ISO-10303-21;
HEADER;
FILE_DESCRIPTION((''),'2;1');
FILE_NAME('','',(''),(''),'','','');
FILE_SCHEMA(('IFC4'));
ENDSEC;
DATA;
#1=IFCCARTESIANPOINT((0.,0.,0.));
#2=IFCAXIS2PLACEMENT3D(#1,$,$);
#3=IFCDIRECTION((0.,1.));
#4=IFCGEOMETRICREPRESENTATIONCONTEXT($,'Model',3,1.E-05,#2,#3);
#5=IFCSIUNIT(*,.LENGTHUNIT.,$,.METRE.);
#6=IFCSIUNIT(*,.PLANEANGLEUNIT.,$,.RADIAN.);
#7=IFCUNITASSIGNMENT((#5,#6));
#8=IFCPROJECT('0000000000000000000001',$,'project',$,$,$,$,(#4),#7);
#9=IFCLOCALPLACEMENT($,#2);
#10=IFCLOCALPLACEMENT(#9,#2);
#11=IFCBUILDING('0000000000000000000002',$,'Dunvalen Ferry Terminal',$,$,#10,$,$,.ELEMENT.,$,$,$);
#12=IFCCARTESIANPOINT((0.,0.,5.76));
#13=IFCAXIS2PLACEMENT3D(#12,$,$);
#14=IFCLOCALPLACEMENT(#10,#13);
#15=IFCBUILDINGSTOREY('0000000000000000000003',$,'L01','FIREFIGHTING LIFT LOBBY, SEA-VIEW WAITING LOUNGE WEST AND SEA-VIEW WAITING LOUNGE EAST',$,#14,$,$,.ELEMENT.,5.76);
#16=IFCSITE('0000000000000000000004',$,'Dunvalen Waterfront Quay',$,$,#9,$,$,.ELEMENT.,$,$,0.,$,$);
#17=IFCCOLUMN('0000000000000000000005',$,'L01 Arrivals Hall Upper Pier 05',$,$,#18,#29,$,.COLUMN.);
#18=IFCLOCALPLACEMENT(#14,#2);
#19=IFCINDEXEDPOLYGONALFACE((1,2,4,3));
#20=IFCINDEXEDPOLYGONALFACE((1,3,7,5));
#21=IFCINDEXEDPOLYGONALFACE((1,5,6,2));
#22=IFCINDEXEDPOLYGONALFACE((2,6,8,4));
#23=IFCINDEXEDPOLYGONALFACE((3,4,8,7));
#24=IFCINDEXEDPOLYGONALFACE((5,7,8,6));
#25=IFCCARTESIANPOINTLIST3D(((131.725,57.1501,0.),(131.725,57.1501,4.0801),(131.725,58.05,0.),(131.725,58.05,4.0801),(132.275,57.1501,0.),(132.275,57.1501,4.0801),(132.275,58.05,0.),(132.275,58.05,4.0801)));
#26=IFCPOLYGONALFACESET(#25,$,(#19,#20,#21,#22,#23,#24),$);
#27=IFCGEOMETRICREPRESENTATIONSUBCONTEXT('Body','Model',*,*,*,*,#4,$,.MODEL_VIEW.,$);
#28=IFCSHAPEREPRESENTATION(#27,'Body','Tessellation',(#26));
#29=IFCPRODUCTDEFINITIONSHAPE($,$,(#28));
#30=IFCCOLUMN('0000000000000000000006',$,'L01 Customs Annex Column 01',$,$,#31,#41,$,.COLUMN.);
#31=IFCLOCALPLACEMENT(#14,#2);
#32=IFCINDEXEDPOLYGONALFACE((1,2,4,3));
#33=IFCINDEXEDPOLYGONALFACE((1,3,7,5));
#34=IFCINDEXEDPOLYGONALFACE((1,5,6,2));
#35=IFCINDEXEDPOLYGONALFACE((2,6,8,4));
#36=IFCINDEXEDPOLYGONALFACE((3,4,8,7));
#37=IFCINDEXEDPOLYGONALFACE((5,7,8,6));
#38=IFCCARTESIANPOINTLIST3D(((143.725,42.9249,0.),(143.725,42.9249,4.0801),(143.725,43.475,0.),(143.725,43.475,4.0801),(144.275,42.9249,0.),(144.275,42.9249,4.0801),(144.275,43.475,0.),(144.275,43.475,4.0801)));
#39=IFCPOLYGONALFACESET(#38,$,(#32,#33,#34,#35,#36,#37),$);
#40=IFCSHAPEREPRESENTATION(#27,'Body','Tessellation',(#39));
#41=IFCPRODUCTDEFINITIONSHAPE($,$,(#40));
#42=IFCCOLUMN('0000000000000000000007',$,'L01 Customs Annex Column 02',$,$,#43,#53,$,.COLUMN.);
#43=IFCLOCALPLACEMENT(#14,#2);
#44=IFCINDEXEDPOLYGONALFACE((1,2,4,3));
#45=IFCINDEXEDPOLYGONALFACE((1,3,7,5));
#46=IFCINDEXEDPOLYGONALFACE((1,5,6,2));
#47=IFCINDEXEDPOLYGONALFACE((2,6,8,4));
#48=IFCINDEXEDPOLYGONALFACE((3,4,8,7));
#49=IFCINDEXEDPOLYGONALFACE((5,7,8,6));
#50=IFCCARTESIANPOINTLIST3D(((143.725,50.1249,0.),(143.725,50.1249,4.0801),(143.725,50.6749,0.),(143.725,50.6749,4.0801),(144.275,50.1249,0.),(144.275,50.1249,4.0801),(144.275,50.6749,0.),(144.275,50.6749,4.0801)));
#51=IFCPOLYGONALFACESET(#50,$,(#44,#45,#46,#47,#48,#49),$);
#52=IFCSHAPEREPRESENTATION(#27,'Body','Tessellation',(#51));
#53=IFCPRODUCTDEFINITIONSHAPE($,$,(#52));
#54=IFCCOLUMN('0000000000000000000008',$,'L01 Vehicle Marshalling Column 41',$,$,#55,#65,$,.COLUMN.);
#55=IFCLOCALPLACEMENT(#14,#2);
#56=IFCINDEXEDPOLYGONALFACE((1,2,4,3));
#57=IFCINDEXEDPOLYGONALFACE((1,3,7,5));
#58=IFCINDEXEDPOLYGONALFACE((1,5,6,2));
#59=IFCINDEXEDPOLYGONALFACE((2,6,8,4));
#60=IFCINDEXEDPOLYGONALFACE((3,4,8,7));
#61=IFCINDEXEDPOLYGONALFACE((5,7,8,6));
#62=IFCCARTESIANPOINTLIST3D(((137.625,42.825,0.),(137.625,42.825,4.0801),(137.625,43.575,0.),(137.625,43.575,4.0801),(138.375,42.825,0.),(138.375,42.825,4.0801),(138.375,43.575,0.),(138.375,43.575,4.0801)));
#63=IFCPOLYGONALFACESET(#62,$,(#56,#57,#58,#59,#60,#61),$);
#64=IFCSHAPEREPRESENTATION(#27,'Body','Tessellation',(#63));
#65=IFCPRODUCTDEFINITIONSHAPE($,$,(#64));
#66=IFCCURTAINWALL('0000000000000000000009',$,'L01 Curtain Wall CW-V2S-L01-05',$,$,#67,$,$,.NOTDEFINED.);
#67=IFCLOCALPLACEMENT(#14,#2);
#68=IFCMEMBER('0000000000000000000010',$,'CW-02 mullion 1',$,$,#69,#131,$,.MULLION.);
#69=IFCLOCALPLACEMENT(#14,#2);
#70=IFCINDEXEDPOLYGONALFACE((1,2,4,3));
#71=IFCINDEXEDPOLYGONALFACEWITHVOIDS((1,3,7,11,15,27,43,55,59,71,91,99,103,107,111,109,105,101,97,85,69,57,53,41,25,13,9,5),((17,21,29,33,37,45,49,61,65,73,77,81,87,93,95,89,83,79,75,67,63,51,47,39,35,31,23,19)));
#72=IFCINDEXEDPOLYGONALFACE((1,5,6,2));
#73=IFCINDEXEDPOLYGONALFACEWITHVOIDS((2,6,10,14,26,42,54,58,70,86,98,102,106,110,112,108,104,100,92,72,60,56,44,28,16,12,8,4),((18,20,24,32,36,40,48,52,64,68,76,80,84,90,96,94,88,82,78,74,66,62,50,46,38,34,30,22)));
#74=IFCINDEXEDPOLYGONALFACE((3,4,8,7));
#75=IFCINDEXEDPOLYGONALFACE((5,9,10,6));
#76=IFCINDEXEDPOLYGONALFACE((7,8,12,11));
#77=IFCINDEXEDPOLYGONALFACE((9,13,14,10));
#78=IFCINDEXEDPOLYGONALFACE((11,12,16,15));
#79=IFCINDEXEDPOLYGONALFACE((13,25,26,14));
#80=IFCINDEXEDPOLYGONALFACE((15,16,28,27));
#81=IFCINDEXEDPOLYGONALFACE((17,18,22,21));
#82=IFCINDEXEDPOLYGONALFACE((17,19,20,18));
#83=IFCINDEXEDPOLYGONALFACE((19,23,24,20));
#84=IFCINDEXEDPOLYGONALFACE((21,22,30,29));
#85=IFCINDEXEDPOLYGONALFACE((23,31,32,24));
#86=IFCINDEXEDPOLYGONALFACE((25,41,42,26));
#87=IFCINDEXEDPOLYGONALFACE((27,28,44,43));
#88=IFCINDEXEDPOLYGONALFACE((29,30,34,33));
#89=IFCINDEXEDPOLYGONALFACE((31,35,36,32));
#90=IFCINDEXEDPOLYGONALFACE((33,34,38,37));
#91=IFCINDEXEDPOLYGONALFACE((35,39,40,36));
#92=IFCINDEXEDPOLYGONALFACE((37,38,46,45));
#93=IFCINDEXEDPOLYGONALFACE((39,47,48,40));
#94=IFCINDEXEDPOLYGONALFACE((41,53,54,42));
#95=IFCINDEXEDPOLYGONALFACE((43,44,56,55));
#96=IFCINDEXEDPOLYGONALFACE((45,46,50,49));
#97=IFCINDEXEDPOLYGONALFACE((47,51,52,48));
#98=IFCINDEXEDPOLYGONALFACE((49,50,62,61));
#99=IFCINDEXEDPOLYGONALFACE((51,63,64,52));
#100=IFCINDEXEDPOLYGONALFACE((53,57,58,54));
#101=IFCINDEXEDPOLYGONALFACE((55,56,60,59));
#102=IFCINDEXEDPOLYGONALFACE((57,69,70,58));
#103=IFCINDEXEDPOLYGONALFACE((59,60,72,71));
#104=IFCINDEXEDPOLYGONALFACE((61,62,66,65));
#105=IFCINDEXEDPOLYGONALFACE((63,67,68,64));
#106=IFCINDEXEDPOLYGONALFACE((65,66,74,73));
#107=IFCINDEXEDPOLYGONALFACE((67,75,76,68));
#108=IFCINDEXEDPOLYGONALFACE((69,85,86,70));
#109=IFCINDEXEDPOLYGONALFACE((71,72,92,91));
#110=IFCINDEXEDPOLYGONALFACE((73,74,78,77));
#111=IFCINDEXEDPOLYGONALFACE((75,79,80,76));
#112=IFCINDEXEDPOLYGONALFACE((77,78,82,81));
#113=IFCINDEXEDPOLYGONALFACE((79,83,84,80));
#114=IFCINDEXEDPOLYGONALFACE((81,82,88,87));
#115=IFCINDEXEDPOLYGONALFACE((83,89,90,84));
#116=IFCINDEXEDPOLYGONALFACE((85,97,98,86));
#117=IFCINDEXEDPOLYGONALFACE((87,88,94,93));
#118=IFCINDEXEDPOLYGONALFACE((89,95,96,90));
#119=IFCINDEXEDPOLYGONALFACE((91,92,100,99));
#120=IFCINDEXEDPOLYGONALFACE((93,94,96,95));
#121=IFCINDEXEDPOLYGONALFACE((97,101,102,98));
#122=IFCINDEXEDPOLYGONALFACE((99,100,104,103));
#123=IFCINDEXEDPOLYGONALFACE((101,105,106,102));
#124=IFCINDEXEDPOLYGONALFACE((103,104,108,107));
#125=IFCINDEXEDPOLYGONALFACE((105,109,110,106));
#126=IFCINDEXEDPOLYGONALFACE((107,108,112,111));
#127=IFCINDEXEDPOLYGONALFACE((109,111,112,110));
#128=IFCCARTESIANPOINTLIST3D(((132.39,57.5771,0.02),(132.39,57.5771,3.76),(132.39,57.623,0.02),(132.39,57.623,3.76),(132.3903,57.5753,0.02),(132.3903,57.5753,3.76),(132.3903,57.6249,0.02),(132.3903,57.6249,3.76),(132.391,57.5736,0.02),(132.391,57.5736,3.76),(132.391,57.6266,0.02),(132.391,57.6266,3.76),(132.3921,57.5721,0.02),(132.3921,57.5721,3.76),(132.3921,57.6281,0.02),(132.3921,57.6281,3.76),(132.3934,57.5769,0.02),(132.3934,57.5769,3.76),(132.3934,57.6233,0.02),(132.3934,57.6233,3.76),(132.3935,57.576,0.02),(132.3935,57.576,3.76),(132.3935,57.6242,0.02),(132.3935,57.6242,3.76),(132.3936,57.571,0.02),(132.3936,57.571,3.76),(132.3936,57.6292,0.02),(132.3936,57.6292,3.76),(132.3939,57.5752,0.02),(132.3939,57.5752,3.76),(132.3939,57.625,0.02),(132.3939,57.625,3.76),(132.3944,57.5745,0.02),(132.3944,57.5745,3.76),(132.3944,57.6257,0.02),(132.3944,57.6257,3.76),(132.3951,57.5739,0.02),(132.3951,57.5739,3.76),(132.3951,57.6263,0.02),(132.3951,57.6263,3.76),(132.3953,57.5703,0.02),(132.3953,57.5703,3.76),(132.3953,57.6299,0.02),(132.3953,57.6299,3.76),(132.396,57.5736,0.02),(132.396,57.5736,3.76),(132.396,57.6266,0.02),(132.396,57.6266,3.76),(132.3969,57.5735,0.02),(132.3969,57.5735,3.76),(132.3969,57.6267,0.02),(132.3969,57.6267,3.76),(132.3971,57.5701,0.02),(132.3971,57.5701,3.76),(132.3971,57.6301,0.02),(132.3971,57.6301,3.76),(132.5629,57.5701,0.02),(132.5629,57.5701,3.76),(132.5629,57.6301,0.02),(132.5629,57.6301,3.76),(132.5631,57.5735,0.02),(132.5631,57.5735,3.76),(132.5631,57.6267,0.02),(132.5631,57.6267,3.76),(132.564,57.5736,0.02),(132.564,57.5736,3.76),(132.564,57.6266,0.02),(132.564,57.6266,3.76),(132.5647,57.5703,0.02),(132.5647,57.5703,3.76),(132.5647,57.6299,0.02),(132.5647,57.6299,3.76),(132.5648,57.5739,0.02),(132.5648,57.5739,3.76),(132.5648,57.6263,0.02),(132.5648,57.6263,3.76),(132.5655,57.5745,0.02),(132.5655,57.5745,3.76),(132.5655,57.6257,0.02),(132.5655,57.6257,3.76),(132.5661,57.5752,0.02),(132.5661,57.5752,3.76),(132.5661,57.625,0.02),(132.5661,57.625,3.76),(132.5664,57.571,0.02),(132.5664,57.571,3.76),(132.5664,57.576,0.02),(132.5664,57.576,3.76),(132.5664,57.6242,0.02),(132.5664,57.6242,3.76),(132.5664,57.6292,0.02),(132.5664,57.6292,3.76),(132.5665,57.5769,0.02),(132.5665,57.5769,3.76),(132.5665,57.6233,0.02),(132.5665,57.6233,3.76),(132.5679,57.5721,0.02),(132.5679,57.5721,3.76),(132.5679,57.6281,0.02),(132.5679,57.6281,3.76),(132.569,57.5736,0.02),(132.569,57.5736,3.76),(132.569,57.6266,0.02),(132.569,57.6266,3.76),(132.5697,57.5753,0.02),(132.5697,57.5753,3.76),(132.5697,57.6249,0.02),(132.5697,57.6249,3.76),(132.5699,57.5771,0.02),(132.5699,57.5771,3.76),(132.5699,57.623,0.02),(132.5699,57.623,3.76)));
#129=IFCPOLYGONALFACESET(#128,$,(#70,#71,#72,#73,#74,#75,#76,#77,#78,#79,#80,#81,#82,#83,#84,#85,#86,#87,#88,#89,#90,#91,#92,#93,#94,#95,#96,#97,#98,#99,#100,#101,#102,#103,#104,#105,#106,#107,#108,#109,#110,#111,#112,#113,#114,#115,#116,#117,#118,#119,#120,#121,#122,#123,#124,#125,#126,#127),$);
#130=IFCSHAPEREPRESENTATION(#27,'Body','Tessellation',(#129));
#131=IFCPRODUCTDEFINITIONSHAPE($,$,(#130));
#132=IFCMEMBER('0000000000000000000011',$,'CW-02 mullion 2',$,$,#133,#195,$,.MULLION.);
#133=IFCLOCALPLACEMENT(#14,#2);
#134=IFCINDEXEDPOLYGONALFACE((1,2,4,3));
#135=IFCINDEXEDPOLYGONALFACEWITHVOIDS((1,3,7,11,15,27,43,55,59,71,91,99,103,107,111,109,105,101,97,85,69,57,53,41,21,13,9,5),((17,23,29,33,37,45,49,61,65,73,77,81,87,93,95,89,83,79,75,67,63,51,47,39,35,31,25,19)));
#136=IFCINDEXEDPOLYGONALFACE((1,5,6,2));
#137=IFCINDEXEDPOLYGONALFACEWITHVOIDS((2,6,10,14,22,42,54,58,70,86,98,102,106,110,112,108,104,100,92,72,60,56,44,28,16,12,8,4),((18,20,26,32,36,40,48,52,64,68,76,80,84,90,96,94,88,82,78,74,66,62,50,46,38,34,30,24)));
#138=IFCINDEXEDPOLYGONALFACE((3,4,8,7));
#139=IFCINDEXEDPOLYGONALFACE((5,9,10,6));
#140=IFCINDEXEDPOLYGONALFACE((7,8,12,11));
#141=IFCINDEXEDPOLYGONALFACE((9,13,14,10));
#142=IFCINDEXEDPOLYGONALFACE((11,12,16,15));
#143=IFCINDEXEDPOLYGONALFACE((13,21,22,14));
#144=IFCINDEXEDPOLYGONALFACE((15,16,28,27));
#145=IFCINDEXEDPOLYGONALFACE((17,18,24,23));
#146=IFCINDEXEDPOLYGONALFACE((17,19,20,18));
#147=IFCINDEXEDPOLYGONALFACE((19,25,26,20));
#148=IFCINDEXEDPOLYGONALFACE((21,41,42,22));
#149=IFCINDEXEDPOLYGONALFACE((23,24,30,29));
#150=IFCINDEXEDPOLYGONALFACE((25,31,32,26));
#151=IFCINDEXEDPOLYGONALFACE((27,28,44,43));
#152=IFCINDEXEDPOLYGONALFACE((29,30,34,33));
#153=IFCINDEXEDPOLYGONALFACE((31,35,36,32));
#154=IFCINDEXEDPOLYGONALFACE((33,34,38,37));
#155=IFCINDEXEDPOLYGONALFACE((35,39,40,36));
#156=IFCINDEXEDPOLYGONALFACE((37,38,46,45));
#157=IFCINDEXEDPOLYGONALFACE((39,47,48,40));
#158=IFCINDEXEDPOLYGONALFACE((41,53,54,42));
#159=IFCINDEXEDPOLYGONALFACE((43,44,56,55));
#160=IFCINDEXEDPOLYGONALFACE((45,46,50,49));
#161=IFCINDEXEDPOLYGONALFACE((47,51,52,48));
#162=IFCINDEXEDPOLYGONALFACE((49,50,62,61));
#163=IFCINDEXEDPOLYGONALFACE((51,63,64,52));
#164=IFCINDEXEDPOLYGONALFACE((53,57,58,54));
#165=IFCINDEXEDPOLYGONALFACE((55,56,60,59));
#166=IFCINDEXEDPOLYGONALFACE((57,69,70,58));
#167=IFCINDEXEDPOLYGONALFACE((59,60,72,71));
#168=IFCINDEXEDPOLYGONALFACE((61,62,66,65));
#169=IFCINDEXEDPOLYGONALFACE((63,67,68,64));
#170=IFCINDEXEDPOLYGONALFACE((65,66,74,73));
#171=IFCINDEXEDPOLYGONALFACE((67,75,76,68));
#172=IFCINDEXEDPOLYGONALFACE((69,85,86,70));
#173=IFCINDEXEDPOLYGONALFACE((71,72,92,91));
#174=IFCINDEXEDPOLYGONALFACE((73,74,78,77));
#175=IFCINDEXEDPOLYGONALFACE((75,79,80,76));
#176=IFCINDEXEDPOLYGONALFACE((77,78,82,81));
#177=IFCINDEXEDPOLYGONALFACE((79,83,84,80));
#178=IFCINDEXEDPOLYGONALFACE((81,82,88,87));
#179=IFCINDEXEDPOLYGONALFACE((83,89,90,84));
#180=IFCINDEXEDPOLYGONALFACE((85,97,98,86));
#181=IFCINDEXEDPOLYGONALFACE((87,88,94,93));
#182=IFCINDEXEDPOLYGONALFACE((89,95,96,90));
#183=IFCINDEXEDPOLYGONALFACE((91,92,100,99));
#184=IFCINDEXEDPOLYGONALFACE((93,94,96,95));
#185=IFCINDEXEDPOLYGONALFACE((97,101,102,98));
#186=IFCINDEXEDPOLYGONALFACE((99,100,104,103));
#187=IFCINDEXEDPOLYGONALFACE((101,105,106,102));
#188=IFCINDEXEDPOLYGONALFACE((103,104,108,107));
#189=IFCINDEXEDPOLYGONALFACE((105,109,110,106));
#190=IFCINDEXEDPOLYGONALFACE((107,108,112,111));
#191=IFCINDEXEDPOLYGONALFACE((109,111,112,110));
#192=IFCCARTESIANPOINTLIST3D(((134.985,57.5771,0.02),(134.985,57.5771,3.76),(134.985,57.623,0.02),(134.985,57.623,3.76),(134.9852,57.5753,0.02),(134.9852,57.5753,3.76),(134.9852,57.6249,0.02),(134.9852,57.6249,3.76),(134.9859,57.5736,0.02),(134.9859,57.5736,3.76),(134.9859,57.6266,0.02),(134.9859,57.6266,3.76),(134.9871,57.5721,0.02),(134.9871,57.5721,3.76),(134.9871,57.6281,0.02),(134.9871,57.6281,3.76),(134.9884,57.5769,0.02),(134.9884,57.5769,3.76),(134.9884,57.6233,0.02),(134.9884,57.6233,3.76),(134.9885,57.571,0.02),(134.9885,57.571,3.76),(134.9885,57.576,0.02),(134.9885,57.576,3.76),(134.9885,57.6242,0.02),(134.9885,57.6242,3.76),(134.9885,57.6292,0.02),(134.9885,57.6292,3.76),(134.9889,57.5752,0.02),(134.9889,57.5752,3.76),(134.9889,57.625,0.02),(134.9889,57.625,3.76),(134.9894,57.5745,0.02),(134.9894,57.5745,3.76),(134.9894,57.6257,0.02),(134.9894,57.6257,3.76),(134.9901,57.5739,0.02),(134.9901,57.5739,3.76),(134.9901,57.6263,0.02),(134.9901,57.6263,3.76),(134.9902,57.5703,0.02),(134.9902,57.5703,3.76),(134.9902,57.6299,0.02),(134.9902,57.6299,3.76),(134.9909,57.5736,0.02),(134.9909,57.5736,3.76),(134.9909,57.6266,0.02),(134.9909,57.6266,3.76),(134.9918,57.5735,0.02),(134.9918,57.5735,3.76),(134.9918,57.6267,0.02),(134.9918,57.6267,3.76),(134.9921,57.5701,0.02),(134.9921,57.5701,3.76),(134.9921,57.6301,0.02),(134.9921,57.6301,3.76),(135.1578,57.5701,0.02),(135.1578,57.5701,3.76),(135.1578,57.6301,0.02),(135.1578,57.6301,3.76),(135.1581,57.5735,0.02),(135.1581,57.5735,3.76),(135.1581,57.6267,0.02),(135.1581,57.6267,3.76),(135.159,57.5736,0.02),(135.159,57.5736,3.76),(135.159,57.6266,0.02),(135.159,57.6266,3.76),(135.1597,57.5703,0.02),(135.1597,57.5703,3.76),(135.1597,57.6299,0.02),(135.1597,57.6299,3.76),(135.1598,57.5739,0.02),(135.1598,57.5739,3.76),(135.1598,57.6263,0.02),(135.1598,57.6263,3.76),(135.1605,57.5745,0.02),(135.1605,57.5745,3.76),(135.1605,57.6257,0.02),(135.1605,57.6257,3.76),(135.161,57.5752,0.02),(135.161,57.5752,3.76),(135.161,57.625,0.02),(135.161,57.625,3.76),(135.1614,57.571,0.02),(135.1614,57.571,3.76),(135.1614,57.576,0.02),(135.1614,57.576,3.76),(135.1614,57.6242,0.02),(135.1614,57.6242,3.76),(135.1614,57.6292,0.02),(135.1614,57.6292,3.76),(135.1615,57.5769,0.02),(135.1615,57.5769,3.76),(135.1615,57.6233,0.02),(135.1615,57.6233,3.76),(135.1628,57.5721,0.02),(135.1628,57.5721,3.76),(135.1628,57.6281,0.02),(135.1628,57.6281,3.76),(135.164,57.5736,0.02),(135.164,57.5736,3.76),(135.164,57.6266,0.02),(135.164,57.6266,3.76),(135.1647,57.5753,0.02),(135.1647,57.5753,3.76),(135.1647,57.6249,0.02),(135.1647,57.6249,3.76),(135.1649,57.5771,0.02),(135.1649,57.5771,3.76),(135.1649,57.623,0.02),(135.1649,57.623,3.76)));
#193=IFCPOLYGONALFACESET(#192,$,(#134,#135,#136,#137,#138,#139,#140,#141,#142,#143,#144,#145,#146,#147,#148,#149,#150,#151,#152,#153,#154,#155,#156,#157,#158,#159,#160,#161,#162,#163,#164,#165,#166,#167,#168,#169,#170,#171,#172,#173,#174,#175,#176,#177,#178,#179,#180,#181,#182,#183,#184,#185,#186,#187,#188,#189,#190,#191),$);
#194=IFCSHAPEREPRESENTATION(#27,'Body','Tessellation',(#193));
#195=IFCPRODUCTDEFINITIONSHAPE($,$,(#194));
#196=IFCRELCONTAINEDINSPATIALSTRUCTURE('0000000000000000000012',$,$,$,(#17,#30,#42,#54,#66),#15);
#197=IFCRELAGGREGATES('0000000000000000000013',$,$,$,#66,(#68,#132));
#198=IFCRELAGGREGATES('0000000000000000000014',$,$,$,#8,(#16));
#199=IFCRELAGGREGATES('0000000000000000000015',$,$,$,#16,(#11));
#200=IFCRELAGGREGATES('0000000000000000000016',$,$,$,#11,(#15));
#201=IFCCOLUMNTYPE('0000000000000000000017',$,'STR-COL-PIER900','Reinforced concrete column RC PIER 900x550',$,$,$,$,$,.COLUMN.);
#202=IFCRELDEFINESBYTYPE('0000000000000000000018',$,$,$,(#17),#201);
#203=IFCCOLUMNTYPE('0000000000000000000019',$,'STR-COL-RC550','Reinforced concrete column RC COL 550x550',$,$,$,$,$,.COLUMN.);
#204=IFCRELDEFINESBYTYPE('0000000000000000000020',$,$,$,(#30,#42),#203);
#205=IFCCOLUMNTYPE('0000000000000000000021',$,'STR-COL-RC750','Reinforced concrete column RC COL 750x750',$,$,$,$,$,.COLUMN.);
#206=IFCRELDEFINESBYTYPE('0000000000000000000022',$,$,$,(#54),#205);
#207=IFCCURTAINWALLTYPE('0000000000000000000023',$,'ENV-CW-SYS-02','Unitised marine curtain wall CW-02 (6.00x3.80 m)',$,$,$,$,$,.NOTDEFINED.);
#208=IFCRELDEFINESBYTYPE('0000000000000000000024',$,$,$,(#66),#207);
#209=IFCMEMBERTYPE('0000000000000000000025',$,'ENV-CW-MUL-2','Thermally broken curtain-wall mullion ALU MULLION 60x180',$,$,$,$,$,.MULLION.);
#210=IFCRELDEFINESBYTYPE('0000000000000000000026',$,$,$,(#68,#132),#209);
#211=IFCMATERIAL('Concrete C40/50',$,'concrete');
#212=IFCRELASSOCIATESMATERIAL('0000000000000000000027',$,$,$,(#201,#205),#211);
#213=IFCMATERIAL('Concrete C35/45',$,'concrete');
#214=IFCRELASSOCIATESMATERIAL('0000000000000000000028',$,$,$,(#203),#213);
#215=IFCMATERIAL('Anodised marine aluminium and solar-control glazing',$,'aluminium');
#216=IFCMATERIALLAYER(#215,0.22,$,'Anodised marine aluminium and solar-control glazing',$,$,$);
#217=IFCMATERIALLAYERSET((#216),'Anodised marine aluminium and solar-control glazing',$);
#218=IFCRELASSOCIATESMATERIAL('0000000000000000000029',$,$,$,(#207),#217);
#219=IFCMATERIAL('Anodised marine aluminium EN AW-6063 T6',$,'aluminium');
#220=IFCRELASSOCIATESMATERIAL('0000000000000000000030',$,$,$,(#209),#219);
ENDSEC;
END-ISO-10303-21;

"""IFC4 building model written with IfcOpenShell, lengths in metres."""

from ifc_helpers import new_model, si_unit, direction, frame, origin, origin_2d, place, context, subcontext, project, spatial, rectangle, hollow_rectangle, extrude, material, layer, layer_set, material_profile, profile_set, type_object, element, aggregate, save


model = new_model("IFC4")

# Units and contexts
model_context = context("Model", 3, precision=1e-05, world=origin(), true_north=direction((0.0, 1.0)))
body_context = subcontext(model_context, "Body", "Model", "MODEL_VIEW")
ifc_project = project(units=[si_unit("LENGTHUNIT", "METRE"), si_unit("PLANEANGLEUNIT", "RADIAN")], contexts=[model_context])

# Site, building, storey
site_placement = place(None, origin())
site = spatial("IfcSite", under=ifc_project, at=site_placement, Name="Dunvalen Waterfront Quay", CompositionType="ELEMENT", RefElevation=0.0)
building_placement = place(site_placement, origin())
building = spatial("IfcBuilding", under=site, at=building_placement, Name="Dunvalen Ferry Terminal", CompositionType="ELEMENT")
storey_placement = place(building_placement, frame((0.0, 0.0, 5.76)))
storey = spatial("IfcBuildingStorey", under=building, at=storey_placement, Name="L01", Description="FIREFIGHTING LIFT LOBBY, SEA-VIEW WAITING LOUNGE WEST AND SEA-VIEW WAITING LOUNGE EAST", CompositionType="ELEMENT", Elevation=5.76)

# Columns
ifc_material_1 = material(Name="Concrete C40/50", Category="concrete")
ifc_material_profile_1 = material_profile(ifc_material_1, rectangle(XDim=0.55, YDim=0.8999, at=origin_2d()), Name="Concrete C40/50")
ifc_profile_set_1 = profile_set([ifc_material_profile_1], Name="Concrete C40/50")
column_type_1 = type_object("IfcColumnType", Name="STR-COL-PIER900", Description="Reinforced concrete column RC PIER 900x550", PredefinedType="COLUMN", material=ifc_profile_set_1)
column_1_placement = place(storey_placement, frame((132.0, 57.6001, 0.0), z_axis=(0.0, 0.0, 1.0), x_axis=(1.0, 0.0, 0.0)))
element("IfcColumn", 1, at=column_1_placement, inside=storey, type_object=column_type_1, Name="L01 Arrivals Hall Upper Pier 05", PredefinedType="COLUMN", context=body_context, shape_type="SweptSolid", body=[
    extrude(rectangle(XDim=0.55, YDim=0.8999, at=origin_2d()), origin(), (0.0, 0.0, 1.0), 4.0801),
])
ifc_material_2 = material(Name="Concrete C35/45", Category="concrete")
ifc_material_profile_2 = material_profile(ifc_material_2, rectangle(XDim=0.55, YDim=0.55, at=origin_2d()), Name="Concrete C35/45")
ifc_profile_set_2 = profile_set([ifc_material_profile_2], Name="Concrete C35/45")
column_type_2 = type_object("IfcColumnType", Name="STR-COL-RC550", Description="Reinforced concrete column RC COL 550x550", PredefinedType="COLUMN", material=ifc_profile_set_2)
for number, where, z_axis, x_axis, name in (
    (2, (144.0, 43.2, 0.0), (0.0, 0.0, 1.0), (1.0, 0.0, 0.0), "L01 Customs Annex Column 01"),
    (3, (144.0, 50.3999, 0.0), (0.0, 0.0, 1.0), (1.0, 0.0, 0.0), "L01 Customs Annex Column 02"),
):
    element("IfcColumn", number, at=place(storey_placement, frame(where, z_axis=z_axis, x_axis=x_axis)), inside=storey, type_object=column_type_2, Name=name, PredefinedType="COLUMN", context=body_context, shape_type="SweptSolid", body=[
        extrude(rectangle(XDim=0.55, YDim=0.55, at=origin_2d()), origin(), (0.0, 0.0, 1.0), 4.0801),
    ])
ifc_material_profile_3 = material_profile(ifc_material_1, rectangle(XDim=0.75, YDim=0.75, at=origin_2d()), Name="Concrete C40/50")
ifc_profile_set_3 = profile_set([ifc_material_profile_3], Name="Concrete C40/50")
column_type_3 = type_object("IfcColumnType", Name="STR-COL-RC750", Description="Reinforced concrete column RC COL 750x750", PredefinedType="COLUMN", material=ifc_profile_set_3)
column_2_placement = place(storey_placement, frame((138.0, 43.2, 0.0), z_axis=(0.0, 0.0, 1.0), x_axis=(1.0, 0.0, 0.0)))
element("IfcColumn", 4, at=column_2_placement, inside=storey, type_object=column_type_3, Name="L01 Vehicle Marshalling Column 41", PredefinedType="COLUMN", context=body_context, shape_type="SweptSolid", body=[
    extrude(rectangle(XDim=0.75, YDim=0.75, at=origin_2d()), origin(), (0.0, 0.0, 1.0), 4.0801),
])

# Curtain wall, members
ifc_material_3 = material(Name="Anodised marine aluminium and solar-control glazing", Category="aluminium")
ifc_layer_1 = layer(ifc_material_3, 0.22, Name="Anodised marine aluminium and solar-control glazing")
ifc_layer_set_1 = layer_set([ifc_layer_1], Name="Anodised marine aluminium and solar-control glazing")
curtain_wall_type = type_object("IfcCurtainWallType", Name="ENV-CW-SYS-02", Description="Unitised marine curtain wall CW-02 (6.00x3.80 m)", PredefinedType="NOTDEFINED", material=ifc_layer_set_1)
curtain_wall_placement = place(storey_placement, origin())
curtain_wall = element("IfcCurtainWall", 5, at=curtain_wall_placement, inside=storey, type_object=curtain_wall_type, Name="L01 Curtain Wall CW-V2S-L01-05", PredefinedType="NOTDEFINED")
ifc_material_4 = material(Name="Anodised marine aluminium EN AW-6063 T6", Category="aluminium")
ifc_material_profile_4 = material_profile(ifc_material_4, hollow_rectangle(XDim=0.0601, YDim=0.1799, WallThickness=0.0034, InnerFilletRadius=0.0034, OuterFilletRadius=0.0071, at=origin_2d()), Name="Anodised marine aluminium EN AW-6063 T6")
ifc_profile_set_4 = profile_set([ifc_material_profile_4], Name="Anodised marine aluminium EN AW-6063 T6")
member_type_1 = type_object("IfcMemberType", Name="ENV-CW-MUL-2", Description="Thermally broken curtain-wall mullion ALU MULLION 60x180", PredefinedType="MULLION", material=ifc_profile_set_4)
member_1_placement = place(storey_placement, frame((132.48, 57.6001, 0.02), z_axis=(0.0, 0.0, 1.0), x_axis=(0.0, 1.0, 0.0)))
member_1 = element("IfcMember", 6, at=member_1_placement, type_object=member_type_1, Name="CW-02 mullion 1", PredefinedType="MULLION", context=body_context, shape_type="SweptSolid", body=[
    extrude(hollow_rectangle(XDim=0.0601, YDim=0.1799, WallThickness=0.0034, InnerFilletRadius=0.0034, OuterFilletRadius=0.0071, at=origin_2d()), origin(), (0.0, 0.0, 1.0), 3.74),
])
member_2_placement = place(storey_placement, frame((135.075, 57.6001, 0.02), z_axis=(0.0, 0.0, 1.0), x_axis=(0.0, 1.0, 0.0)))
member_2 = element("IfcMember", 7, at=member_2_placement, type_object=member_type_1, Name="CW-02 mullion 2", PredefinedType="MULLION", context=body_context, shape_type="SweptSolid", body=[
    extrude(hollow_rectangle(XDim=0.0601, YDim=0.1799, WallThickness=0.0034, InnerFilletRadius=0.0034, OuterFilletRadius=0.0071, at=origin_2d()), origin(), (0.0, 0.0, 1.0), 3.74),
])

aggregate(curtain_wall, [member_1, member_2])

save(model, "model.ifc")
